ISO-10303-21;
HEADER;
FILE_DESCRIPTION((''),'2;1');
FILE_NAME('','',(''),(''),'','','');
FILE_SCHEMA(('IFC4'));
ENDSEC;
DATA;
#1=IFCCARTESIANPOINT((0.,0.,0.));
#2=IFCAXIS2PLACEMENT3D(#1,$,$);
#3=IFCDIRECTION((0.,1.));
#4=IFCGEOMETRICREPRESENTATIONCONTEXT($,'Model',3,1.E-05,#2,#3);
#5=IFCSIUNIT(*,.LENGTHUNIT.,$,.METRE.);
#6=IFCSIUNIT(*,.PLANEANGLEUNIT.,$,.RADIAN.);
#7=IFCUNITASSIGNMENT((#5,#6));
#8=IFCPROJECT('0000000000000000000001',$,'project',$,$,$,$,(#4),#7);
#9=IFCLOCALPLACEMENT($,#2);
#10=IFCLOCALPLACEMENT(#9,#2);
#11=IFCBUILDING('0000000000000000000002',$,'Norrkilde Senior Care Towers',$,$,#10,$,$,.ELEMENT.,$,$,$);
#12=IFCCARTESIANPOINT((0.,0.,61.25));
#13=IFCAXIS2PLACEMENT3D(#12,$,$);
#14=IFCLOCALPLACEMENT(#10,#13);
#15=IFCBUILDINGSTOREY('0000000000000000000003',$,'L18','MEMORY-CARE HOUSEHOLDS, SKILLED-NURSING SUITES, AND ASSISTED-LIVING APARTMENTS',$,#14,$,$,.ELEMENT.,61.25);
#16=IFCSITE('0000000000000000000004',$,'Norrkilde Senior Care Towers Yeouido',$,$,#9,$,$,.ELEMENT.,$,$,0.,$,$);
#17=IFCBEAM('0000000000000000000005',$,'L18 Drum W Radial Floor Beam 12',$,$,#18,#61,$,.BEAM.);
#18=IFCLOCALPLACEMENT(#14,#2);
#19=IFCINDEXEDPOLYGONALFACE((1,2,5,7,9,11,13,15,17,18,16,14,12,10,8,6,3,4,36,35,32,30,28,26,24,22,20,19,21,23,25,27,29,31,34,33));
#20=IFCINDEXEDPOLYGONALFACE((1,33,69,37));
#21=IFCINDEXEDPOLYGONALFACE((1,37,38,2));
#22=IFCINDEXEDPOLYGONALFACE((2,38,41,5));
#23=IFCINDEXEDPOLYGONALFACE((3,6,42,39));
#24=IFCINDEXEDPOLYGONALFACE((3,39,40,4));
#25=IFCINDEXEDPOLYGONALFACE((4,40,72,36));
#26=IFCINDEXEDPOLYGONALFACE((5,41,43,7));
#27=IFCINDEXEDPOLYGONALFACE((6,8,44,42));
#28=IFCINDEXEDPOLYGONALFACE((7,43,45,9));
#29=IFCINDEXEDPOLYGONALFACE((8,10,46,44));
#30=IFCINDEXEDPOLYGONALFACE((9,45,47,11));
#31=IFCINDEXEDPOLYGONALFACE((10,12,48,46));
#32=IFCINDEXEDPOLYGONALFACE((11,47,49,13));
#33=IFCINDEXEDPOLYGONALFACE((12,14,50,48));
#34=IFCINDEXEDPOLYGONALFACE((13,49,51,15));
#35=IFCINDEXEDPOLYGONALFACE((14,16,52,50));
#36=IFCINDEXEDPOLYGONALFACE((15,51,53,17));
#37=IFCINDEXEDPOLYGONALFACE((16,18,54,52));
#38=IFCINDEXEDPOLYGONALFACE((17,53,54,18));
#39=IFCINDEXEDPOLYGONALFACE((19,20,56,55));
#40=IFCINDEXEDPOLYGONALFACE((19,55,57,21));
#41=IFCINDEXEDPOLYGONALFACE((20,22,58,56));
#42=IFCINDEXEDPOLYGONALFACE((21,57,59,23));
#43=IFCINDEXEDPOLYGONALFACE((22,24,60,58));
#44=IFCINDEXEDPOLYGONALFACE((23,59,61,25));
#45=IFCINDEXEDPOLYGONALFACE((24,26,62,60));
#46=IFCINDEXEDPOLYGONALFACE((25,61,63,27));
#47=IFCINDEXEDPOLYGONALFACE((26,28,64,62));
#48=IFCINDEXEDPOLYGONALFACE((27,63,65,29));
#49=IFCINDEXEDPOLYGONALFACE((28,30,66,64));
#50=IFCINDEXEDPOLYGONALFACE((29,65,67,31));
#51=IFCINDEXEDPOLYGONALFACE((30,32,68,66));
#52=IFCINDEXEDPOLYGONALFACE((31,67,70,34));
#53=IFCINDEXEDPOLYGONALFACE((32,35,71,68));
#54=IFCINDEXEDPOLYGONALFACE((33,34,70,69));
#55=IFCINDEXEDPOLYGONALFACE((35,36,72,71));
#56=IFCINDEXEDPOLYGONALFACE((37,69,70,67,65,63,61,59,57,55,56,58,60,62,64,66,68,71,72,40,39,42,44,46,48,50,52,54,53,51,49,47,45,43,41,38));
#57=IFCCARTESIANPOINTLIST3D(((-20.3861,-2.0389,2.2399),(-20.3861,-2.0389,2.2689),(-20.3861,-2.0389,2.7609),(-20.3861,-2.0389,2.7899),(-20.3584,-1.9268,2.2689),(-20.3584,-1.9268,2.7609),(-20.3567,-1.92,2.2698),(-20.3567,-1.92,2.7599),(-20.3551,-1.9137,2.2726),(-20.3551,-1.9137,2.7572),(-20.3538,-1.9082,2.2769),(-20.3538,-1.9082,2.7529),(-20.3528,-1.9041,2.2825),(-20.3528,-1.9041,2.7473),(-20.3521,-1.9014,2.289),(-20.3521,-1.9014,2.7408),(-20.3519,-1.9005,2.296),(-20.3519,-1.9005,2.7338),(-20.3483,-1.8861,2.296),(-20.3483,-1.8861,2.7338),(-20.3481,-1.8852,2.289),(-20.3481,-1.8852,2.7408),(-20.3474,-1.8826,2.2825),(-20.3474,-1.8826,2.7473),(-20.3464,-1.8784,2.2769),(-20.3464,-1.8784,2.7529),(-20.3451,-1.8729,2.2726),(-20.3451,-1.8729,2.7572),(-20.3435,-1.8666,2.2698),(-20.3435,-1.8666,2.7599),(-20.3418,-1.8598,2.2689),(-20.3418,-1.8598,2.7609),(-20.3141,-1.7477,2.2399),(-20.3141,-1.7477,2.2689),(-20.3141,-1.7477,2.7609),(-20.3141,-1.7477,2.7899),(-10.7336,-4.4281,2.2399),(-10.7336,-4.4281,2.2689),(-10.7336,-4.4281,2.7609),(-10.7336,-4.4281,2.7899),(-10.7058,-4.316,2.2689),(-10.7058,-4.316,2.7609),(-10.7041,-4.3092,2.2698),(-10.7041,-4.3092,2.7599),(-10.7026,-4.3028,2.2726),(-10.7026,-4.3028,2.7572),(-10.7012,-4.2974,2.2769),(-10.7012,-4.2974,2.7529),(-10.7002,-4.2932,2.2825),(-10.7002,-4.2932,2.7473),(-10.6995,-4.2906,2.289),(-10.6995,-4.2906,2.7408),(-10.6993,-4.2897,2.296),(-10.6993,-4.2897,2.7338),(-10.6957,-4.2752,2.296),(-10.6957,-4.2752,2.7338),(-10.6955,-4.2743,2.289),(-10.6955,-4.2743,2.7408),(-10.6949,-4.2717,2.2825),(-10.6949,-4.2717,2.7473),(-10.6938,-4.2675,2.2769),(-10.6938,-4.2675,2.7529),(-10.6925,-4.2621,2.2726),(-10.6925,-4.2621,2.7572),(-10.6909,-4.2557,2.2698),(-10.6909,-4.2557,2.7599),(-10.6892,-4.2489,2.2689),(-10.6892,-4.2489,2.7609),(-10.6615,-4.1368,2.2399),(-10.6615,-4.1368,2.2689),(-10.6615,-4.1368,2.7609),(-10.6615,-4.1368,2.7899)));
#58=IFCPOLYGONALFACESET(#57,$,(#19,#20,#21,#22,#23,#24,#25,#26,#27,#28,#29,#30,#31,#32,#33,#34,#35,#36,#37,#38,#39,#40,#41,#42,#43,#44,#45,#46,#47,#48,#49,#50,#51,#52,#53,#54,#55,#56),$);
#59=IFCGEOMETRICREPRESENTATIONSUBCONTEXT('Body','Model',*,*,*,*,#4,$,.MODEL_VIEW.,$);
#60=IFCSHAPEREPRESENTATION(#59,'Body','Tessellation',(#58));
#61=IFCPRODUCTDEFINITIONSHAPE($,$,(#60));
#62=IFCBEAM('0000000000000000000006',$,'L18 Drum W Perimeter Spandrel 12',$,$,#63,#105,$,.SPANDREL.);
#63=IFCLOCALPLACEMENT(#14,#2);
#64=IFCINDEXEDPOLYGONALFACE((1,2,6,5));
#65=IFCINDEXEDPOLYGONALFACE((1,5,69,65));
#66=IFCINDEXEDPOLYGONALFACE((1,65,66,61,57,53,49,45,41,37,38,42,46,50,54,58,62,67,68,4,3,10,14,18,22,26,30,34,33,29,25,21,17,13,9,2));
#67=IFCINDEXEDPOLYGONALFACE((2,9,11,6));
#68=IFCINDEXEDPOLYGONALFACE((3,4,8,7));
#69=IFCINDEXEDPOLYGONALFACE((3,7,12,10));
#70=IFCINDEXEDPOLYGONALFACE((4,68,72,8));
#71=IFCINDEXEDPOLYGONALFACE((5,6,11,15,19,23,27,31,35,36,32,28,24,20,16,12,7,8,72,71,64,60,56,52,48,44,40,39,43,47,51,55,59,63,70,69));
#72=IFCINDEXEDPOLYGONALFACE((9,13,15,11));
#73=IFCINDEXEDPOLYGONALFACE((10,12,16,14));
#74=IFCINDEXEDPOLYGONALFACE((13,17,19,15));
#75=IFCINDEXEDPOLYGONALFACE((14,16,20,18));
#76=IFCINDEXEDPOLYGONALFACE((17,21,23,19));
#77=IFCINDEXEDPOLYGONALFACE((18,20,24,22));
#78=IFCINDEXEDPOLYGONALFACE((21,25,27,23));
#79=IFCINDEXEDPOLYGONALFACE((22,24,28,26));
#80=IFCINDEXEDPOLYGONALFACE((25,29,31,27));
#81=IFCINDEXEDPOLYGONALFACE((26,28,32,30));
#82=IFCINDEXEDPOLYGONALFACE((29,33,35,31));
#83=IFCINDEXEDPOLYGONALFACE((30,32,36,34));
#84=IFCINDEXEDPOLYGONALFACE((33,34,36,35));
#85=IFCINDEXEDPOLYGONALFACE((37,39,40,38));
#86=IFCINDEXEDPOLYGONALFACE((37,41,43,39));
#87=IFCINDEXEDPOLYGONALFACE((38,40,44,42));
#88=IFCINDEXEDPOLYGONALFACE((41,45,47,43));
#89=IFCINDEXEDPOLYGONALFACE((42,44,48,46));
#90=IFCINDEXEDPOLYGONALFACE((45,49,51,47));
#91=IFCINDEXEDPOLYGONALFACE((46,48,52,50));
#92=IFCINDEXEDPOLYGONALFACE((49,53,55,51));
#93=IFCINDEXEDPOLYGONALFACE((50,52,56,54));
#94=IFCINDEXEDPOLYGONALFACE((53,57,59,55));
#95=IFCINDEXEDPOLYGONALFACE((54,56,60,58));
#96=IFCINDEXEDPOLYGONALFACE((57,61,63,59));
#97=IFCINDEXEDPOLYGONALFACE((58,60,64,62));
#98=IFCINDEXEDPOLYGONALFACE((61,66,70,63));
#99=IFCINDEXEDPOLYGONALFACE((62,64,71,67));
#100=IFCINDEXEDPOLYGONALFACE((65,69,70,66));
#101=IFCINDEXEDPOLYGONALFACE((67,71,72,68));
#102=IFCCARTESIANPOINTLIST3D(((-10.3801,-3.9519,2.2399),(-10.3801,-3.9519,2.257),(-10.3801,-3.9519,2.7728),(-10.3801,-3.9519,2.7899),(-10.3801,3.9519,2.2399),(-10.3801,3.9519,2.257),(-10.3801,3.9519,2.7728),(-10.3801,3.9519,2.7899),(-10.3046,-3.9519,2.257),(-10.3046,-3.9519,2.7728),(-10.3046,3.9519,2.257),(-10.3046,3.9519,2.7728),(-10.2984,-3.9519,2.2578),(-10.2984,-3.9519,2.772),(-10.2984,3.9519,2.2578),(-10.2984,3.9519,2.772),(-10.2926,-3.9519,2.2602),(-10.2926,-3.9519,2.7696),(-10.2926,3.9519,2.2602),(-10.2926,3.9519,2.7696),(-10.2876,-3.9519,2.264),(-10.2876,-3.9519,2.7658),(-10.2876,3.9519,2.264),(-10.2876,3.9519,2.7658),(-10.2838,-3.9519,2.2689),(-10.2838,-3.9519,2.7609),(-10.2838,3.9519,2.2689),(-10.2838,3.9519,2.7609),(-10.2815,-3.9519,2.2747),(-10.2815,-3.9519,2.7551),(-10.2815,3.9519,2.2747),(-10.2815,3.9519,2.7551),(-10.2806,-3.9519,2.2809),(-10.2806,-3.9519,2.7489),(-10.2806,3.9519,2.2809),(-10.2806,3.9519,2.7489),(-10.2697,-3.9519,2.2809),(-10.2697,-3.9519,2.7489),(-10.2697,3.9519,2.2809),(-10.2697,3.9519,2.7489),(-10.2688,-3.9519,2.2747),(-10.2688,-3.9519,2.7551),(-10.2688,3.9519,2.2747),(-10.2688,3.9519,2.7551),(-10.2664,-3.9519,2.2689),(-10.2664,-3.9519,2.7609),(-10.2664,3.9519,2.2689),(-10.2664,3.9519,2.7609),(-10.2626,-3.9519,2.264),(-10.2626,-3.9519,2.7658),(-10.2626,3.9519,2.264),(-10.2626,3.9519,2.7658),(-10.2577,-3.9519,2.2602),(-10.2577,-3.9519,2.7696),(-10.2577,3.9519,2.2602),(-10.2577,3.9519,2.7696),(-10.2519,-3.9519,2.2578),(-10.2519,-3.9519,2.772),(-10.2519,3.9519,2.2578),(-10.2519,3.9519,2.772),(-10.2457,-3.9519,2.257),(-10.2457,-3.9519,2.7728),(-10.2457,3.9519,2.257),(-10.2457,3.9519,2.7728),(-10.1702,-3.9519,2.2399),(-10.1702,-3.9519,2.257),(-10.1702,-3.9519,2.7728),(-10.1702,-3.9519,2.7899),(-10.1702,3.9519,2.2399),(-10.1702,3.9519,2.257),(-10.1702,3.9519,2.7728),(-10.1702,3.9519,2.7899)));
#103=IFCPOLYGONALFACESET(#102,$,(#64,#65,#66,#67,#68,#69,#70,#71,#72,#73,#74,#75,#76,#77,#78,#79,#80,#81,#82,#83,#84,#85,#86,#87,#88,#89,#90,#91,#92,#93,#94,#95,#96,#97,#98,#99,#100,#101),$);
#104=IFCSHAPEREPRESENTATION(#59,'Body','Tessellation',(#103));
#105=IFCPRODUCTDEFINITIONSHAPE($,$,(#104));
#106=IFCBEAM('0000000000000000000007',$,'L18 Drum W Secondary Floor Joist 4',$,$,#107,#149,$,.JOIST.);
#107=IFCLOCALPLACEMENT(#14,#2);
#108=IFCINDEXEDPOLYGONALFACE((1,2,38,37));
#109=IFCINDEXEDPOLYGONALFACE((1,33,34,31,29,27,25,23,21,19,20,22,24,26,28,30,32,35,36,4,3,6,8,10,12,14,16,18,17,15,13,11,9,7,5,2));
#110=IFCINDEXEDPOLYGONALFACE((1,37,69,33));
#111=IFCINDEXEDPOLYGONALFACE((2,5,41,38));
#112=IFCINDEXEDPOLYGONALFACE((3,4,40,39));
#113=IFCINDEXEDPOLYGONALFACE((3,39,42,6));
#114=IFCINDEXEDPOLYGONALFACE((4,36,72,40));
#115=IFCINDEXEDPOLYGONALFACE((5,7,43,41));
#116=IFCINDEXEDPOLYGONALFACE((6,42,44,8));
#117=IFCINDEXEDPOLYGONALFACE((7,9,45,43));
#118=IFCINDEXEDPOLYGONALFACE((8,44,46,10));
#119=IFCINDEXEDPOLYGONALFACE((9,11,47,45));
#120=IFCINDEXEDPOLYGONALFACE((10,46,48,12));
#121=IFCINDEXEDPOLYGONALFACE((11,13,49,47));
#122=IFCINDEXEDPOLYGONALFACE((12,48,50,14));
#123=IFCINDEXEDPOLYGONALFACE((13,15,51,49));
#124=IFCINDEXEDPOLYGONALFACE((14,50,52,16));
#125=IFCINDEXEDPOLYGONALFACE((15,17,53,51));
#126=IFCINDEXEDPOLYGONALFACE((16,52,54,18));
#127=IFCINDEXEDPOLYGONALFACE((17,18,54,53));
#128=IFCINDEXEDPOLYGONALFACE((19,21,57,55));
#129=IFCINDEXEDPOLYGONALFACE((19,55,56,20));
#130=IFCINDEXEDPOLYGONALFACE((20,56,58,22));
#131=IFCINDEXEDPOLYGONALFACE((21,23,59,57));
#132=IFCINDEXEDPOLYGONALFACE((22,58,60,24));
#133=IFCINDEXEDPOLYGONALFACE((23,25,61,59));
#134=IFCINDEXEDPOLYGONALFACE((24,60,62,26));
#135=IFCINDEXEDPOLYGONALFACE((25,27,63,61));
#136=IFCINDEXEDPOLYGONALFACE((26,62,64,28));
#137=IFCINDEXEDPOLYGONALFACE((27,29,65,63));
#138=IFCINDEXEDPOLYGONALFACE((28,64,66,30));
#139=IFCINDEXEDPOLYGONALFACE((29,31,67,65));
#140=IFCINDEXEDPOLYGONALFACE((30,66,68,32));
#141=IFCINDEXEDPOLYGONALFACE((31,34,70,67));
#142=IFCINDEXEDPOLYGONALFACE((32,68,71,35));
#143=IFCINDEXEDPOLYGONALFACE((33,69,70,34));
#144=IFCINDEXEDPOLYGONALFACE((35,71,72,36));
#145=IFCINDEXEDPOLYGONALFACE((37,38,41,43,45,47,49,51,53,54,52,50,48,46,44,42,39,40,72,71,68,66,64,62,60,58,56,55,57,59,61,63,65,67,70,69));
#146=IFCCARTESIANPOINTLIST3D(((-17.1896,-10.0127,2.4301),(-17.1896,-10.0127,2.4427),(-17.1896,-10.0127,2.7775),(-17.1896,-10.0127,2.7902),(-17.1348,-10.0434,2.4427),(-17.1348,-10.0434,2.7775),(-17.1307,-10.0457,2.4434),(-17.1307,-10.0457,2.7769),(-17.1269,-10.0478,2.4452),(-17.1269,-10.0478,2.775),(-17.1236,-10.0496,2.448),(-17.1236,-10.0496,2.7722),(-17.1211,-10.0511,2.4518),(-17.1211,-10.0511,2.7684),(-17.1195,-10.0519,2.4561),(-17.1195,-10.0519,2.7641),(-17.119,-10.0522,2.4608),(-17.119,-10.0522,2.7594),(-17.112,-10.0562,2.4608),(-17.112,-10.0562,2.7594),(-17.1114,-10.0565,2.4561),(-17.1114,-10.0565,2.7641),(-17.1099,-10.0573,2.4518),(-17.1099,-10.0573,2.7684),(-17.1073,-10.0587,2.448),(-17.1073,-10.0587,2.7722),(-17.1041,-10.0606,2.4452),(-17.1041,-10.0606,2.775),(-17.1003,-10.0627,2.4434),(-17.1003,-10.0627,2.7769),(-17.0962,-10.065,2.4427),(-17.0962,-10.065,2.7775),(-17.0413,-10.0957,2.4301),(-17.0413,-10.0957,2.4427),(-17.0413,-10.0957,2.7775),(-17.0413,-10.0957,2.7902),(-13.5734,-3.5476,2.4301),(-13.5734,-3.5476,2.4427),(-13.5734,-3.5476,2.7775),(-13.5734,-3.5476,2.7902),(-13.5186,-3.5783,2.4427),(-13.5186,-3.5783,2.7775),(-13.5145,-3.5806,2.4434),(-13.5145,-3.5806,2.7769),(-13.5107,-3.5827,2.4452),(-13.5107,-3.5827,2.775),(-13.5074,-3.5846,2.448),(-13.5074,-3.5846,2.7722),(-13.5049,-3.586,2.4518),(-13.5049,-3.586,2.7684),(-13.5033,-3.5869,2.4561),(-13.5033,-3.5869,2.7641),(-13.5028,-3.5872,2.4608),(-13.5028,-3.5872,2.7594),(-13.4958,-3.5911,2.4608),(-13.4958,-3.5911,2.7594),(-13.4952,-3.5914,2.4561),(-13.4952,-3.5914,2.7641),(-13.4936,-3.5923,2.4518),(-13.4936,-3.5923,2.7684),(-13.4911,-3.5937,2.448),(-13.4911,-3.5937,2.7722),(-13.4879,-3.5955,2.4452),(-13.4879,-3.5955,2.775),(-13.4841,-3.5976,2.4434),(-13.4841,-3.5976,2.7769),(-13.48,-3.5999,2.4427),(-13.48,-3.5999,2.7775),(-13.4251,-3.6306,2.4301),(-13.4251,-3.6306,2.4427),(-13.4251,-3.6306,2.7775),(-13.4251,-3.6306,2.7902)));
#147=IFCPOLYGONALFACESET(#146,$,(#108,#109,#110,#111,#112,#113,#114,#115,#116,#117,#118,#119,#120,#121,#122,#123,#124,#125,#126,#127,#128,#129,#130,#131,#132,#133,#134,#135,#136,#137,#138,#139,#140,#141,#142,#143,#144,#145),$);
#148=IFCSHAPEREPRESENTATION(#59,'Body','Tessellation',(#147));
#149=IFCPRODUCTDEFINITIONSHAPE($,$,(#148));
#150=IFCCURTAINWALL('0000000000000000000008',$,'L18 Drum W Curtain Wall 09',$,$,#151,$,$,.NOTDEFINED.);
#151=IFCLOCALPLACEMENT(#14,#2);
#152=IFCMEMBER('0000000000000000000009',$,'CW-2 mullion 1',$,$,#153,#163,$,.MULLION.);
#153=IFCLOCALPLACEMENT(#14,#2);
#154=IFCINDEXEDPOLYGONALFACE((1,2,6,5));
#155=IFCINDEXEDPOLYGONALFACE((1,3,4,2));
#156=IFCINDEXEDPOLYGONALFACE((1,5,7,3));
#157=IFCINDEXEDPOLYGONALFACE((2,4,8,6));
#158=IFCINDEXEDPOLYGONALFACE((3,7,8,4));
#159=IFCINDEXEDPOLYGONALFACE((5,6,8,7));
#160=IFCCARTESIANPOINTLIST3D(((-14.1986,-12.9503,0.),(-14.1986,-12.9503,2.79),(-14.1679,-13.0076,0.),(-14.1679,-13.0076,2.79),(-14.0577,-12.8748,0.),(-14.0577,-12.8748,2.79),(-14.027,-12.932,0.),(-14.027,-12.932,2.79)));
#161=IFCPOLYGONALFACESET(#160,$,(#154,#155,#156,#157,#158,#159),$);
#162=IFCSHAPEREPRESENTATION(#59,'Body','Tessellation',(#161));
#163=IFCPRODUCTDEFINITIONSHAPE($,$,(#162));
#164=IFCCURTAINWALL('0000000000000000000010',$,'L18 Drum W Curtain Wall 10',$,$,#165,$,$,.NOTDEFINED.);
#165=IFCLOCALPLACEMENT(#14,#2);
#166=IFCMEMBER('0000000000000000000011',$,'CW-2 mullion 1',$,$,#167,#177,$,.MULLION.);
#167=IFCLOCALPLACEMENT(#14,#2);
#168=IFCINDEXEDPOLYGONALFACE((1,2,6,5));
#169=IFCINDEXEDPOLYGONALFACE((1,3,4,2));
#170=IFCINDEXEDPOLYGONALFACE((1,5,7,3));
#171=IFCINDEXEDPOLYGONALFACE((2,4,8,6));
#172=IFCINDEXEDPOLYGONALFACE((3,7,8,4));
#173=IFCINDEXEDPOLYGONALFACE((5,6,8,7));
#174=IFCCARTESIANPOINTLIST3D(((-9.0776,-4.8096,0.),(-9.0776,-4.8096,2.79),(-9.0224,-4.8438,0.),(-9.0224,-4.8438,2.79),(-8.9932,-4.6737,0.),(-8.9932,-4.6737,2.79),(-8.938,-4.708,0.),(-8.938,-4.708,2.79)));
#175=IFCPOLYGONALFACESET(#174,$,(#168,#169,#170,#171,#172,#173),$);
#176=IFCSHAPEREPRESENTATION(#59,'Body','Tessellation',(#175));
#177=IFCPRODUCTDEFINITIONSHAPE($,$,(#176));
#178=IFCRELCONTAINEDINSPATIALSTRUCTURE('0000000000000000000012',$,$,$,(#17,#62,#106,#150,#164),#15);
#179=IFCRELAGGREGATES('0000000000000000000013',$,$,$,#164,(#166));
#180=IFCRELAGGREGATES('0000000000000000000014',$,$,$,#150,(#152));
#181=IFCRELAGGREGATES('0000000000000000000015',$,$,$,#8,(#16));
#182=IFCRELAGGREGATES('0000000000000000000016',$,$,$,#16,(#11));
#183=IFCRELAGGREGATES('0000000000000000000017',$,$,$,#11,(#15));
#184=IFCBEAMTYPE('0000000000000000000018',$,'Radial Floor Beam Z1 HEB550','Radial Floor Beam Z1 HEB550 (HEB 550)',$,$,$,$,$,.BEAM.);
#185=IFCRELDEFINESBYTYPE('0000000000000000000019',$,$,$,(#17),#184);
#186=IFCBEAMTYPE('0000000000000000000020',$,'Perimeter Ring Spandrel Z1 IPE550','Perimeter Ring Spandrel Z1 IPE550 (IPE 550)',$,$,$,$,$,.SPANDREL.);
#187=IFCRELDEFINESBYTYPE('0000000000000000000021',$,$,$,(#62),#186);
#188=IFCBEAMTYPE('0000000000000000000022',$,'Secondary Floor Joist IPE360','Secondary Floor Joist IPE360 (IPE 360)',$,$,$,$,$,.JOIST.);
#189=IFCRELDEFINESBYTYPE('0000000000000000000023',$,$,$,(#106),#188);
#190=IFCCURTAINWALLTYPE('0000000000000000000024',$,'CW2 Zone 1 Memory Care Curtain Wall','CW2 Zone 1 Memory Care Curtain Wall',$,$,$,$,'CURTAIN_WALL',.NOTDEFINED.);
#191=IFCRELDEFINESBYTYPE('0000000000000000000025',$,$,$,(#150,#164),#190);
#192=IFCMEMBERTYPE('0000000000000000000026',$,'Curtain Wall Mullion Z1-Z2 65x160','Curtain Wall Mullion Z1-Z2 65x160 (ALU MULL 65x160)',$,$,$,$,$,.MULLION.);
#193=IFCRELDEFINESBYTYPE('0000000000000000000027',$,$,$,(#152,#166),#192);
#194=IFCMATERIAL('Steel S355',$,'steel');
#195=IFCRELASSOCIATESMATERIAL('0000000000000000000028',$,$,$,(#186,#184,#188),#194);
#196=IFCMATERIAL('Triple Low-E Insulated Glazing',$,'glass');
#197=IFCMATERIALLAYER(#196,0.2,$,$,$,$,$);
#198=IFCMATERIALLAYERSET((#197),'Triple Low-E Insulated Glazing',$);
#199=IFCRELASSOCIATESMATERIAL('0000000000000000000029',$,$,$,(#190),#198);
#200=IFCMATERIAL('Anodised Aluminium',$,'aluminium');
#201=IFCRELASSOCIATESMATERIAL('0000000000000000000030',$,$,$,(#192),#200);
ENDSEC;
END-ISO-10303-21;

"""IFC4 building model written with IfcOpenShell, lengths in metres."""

from ifc_helpers import new_model, si_unit, direction, frame, origin, origin_2d, place, context, subcontext, project, spatial, rectangle, i_section, extrude, source, transform, mapped, material, layer, layer_set, material_profile, profile_set, type_object, type_shapes, element, aggregate, save


model = new_model("IFC4")

# Units and contexts
model_context = context("Model", 3, precision=1e-05, world=origin(), true_north=direction((0.0, 1.0)))
body_context = subcontext(model_context, "Body", "Model", "MODEL_VIEW")
ifc_project = project(units=[si_unit("LENGTHUNIT", "METRE"), si_unit("PLANEANGLEUNIT", "RADIAN")], contexts=[model_context])

# Site, building, storey
site_placement = place(None, origin())
site = spatial("IfcSite", under=ifc_project, at=site_placement, Name="Norrkilde Senior Care Towers Yeouido", CompositionType="ELEMENT", RefElevation=0.0)
building_placement = place(site_placement, origin())
building = spatial("IfcBuilding", under=site, at=building_placement, Name="Norrkilde Senior Care Towers", CompositionType="ELEMENT")
storey_placement = place(building_placement, frame((0.0, 0.0, 61.25)))
storey = spatial("IfcBuildingStorey", under=building, at=storey_placement, Name="L18", Description="MEMORY-CARE HOUSEHOLDS, SKILLED-NURSING SUITES, AND ASSISTED-LIVING APARTMENTS", CompositionType="ELEMENT", Elevation=61.25)

# Beams
ifc_material_1 = material(Name="Steel S355", Category="steel")
ifc_material_profile_1 = material_profile(ifc_material_1, i_section(OverallWidth=0.21, OverallDepth=0.55, WebThickness=0.011, FlangeThickness=0.0171, FilletRadius=0.0239, at=origin_2d()), Name="IPE 550")
ifc_profile_set_1 = profile_set([ifc_material_profile_1], Name="Steel S355")
beam_type_1 = type_object("IfcBeamType", Name="Perimeter Ring Spandrel Z1 IPE550", Description="Perimeter Ring Spandrel Z1 IPE550 (IPE 550)", PredefinedType="SPANDREL", material=ifc_profile_set_1)
ifc_material_profile_2 = material_profile(ifc_material_1, i_section(OverallWidth=0.3, OverallDepth=0.55, WebThickness=0.0149, FlangeThickness=0.0291, FilletRadius=0.0271, at=origin_2d()), Name="HEB 550")
ifc_profile_set_2 = profile_set([ifc_material_profile_2], Name="Steel S355")
beam_type_2 = type_object("IfcBeamType", Name="Radial Floor Beam Z1 HEB550", Description="Radial Floor Beam Z1 HEB550 (HEB 550)", PredefinedType="BEAM", material=ifc_profile_set_2)
shared_shape_1 = source(origin(), body_context, "Body", "SweptSolid", [
    extrude(i_section(OverallWidth=0.3, OverallDepth=0.55, WebThickness=0.0149, FlangeThickness=0.0291, FilletRadius=0.0271, at=origin_2d()), origin(), (0.0, 0.0, 1.0), 9.9438),
])
type_shapes(beam_type_2, [shared_shape_1])
beam_1_placement = place(storey_placement, frame((-20.3501, -1.8933, 2.5149), z_axis=(0.970707, -0.240265, 0.0), x_axis=(0.240265, 0.970707, 0.0)))
element("IfcBeam", 1, at=beam_1_placement, inside=storey, type_object=beam_type_2, Name="L18 Drum W Radial Floor Beam 12", PredefinedType="BEAM", context=body_context, shape_type="MappedRepresentation", body=[
    mapped(shared_shape_1, transform((0.0, 0.0, 0.0), x_axis=(1.0, 0.0, 0.0), y_axis=(0.0, 1.0, 0.0), z_axis=(0.0, 0.0, 1.0), scale=1.0)),
])
shared_shape_2 = source(origin(), body_context, "Body", "SweptSolid", [
    extrude(i_section(OverallWidth=0.21, OverallDepth=0.55, WebThickness=0.011, FlangeThickness=0.0171, FilletRadius=0.0239, at=origin_2d()), origin(), (0.0, 0.0, 1.0), 7.9038),
])
beam_2_placement = place(storey_placement, frame((-10.2751, -3.9519, 2.5149), z_axis=(0.0, 1.0, 0.0), x_axis=(-1.0, 0.0, 0.0)))
element("IfcBeam", 2, at=beam_2_placement, inside=storey, type_object=beam_type_1, Name="L18 Drum W Perimeter Spandrel 12", PredefinedType="SPANDREL", context=body_context, shape_type="MappedRepresentation", body=[
    mapped(shared_shape_2, transform((0.0, 0.0, 0.0), x_axis=(1.0, 0.0, 0.0), y_axis=(0.0, 1.0, 0.0), z_axis=(0.0, 0.0, 1.0), scale=1.0)),
])
ifc_material_profile_3 = material_profile(ifc_material_1, i_section(OverallWidth=0.1699, OverallDepth=0.3601, WebThickness=0.0081, FlangeThickness=0.0127, FilletRadius=0.0181, at=origin_2d()), Name="IPE 360")
ifc_profile_set_3 = profile_set([ifc_material_profile_3], Name="Steel S355")
beam_type_3 = type_object("IfcBeamType", Name="Secondary Floor Joist IPE360", Description="Secondary Floor Joist IPE360 (IPE 360)", PredefinedType="JOIST", material=ifc_profile_set_3)
shared_shape_3 = source(origin(), body_context, "Body", "SweptSolid", [
    extrude(i_section(OverallWidth=0.1699, OverallDepth=0.3601, WebThickness=0.0081, FlangeThickness=0.0127, FilletRadius=0.0181, at=origin_2d()), origin(), (0.0, 0.0, 1.0), 7.4077),
])
type_shapes(beam_type_3, [shared_shape_3])
beam_3_placement = place(storey_placement, frame((-17.1155, -10.0542, 2.6101), z_axis=(0.488168, 0.87275, 0.0), x_axis=(-0.87275, 0.488168, 0.0)))
element("IfcBeam", 3, at=beam_3_placement, inside=storey, type_object=beam_type_3, Name="L18 Drum W Secondary Floor Joist 4", PredefinedType="JOIST", context=body_context, shape_type="MappedRepresentation", body=[
    mapped(shared_shape_3, transform((0.0, 0.0, 0.0), x_axis=(1.0, 0.0, 0.0), y_axis=(0.0, 1.0, 0.0), z_axis=(0.0, 0.0, 1.0), scale=1.0)),
])

# Curtain wall, member
ifc_material_2 = material(Name="Triple Low-E Insulated Glazing", Category="glass")
ifc_layer_1 = layer(ifc_material_2, 0.2)
ifc_layer_set_1 = layer_set([ifc_layer_1], Name="Triple Low-E Insulated Glazing")
curtain_wall_type = type_object("IfcCurtainWallType", Name="CW2 Zone 1 Memory Care Curtain Wall", Description="CW2 Zone 1 Memory Care Curtain Wall", ElementType="CURTAIN_WALL", PredefinedType="NOTDEFINED", material=ifc_layer_set_1)
curtain_wall_1_placement = place(storey_placement, origin())
curtain_wall_1 = element("IfcCurtainWall", 4, at=curtain_wall_1_placement, inside=storey, type_object=curtain_wall_type, Name="L18 Drum W Curtain Wall 09", PredefinedType="NOTDEFINED")
ifc_material_3 = material(Name="Anodised Aluminium", Category="aluminium")
ifc_material_profile_4 = material_profile(ifc_material_3, rectangle(XDim=0.0649, YDim=0.1599, at=origin_2d()), Name="ALU MULL 65x160")
ifc_profile_set_4 = profile_set([ifc_material_profile_4], Name="Anodised Aluminium")
member_type_1 = type_object("IfcMemberType", Name="Curtain Wall Mullion Z1-Z2 65x160", Description="Curtain Wall Mullion Z1-Z2 65x160 (ALU MULL 65x160)", PredefinedType="MULLION", material=ifc_profile_set_4)
shared_shape_4 = source(origin(), body_context, "Body", "SweptSolid", [
    extrude(rectangle(XDim=0.0649, YDim=0.1599, at=origin_2d()), origin(), (0.0, 0.0, 1.0), 2.79),
])
type_shapes(member_type_1, [shared_shape_4])
member_1_placement = place(storey_placement, frame((-14.1128, -12.9412, 0.0), z_axis=(0.0, 0.0, 1.0), x_axis=(0.472608, -0.881273, 0.0)))
member_1 = element("IfcMember", 5, at=member_1_placement, type_object=member_type_1, Name="CW-2 mullion 1", PredefinedType="MULLION", context=body_context, shape_type="MappedRepresentation", body=[
    mapped(shared_shape_4, transform((0.0, 0.0, 0.0), x_axis=(1.0, 0.0, 0.0), y_axis=(0.0, 1.0, 0.0), z_axis=(0.0, 0.0, 1.0), scale=1.0)),
])

# Curtain wall, member
curtain_wall_2_placement = place(storey_placement, origin())
curtain_wall_2 = element("IfcCurtainWall", 6, at=curtain_wall_2_placement, inside=storey, type_object=curtain_wall_type, Name="L18 Drum W Curtain Wall 10", PredefinedType="NOTDEFINED")
member_2_placement = place(storey_placement, frame((-9.0078, -4.7588, 0.0), z_axis=(0.0, 0.0, 1.0), x_axis=(0.849306, -0.527901, 0.0)))
member_2 = element("IfcMember", 7, at=member_2_placement, type_object=member_type_1, Name="CW-2 mullion 1", PredefinedType="MULLION", context=body_context, shape_type="MappedRepresentation", body=[
    mapped(shared_shape_4, transform((0.0, 0.0, 0.0), x_axis=(1.0, 0.0, 0.0), y_axis=(0.0, 1.0, 0.0), z_axis=(0.0, 0.0, 1.0), scale=1.0)),
])

aggregate(curtain_wall_2, [member_2])
aggregate(curtain_wall_1, [member_1])

save(model, "model.ifc")
